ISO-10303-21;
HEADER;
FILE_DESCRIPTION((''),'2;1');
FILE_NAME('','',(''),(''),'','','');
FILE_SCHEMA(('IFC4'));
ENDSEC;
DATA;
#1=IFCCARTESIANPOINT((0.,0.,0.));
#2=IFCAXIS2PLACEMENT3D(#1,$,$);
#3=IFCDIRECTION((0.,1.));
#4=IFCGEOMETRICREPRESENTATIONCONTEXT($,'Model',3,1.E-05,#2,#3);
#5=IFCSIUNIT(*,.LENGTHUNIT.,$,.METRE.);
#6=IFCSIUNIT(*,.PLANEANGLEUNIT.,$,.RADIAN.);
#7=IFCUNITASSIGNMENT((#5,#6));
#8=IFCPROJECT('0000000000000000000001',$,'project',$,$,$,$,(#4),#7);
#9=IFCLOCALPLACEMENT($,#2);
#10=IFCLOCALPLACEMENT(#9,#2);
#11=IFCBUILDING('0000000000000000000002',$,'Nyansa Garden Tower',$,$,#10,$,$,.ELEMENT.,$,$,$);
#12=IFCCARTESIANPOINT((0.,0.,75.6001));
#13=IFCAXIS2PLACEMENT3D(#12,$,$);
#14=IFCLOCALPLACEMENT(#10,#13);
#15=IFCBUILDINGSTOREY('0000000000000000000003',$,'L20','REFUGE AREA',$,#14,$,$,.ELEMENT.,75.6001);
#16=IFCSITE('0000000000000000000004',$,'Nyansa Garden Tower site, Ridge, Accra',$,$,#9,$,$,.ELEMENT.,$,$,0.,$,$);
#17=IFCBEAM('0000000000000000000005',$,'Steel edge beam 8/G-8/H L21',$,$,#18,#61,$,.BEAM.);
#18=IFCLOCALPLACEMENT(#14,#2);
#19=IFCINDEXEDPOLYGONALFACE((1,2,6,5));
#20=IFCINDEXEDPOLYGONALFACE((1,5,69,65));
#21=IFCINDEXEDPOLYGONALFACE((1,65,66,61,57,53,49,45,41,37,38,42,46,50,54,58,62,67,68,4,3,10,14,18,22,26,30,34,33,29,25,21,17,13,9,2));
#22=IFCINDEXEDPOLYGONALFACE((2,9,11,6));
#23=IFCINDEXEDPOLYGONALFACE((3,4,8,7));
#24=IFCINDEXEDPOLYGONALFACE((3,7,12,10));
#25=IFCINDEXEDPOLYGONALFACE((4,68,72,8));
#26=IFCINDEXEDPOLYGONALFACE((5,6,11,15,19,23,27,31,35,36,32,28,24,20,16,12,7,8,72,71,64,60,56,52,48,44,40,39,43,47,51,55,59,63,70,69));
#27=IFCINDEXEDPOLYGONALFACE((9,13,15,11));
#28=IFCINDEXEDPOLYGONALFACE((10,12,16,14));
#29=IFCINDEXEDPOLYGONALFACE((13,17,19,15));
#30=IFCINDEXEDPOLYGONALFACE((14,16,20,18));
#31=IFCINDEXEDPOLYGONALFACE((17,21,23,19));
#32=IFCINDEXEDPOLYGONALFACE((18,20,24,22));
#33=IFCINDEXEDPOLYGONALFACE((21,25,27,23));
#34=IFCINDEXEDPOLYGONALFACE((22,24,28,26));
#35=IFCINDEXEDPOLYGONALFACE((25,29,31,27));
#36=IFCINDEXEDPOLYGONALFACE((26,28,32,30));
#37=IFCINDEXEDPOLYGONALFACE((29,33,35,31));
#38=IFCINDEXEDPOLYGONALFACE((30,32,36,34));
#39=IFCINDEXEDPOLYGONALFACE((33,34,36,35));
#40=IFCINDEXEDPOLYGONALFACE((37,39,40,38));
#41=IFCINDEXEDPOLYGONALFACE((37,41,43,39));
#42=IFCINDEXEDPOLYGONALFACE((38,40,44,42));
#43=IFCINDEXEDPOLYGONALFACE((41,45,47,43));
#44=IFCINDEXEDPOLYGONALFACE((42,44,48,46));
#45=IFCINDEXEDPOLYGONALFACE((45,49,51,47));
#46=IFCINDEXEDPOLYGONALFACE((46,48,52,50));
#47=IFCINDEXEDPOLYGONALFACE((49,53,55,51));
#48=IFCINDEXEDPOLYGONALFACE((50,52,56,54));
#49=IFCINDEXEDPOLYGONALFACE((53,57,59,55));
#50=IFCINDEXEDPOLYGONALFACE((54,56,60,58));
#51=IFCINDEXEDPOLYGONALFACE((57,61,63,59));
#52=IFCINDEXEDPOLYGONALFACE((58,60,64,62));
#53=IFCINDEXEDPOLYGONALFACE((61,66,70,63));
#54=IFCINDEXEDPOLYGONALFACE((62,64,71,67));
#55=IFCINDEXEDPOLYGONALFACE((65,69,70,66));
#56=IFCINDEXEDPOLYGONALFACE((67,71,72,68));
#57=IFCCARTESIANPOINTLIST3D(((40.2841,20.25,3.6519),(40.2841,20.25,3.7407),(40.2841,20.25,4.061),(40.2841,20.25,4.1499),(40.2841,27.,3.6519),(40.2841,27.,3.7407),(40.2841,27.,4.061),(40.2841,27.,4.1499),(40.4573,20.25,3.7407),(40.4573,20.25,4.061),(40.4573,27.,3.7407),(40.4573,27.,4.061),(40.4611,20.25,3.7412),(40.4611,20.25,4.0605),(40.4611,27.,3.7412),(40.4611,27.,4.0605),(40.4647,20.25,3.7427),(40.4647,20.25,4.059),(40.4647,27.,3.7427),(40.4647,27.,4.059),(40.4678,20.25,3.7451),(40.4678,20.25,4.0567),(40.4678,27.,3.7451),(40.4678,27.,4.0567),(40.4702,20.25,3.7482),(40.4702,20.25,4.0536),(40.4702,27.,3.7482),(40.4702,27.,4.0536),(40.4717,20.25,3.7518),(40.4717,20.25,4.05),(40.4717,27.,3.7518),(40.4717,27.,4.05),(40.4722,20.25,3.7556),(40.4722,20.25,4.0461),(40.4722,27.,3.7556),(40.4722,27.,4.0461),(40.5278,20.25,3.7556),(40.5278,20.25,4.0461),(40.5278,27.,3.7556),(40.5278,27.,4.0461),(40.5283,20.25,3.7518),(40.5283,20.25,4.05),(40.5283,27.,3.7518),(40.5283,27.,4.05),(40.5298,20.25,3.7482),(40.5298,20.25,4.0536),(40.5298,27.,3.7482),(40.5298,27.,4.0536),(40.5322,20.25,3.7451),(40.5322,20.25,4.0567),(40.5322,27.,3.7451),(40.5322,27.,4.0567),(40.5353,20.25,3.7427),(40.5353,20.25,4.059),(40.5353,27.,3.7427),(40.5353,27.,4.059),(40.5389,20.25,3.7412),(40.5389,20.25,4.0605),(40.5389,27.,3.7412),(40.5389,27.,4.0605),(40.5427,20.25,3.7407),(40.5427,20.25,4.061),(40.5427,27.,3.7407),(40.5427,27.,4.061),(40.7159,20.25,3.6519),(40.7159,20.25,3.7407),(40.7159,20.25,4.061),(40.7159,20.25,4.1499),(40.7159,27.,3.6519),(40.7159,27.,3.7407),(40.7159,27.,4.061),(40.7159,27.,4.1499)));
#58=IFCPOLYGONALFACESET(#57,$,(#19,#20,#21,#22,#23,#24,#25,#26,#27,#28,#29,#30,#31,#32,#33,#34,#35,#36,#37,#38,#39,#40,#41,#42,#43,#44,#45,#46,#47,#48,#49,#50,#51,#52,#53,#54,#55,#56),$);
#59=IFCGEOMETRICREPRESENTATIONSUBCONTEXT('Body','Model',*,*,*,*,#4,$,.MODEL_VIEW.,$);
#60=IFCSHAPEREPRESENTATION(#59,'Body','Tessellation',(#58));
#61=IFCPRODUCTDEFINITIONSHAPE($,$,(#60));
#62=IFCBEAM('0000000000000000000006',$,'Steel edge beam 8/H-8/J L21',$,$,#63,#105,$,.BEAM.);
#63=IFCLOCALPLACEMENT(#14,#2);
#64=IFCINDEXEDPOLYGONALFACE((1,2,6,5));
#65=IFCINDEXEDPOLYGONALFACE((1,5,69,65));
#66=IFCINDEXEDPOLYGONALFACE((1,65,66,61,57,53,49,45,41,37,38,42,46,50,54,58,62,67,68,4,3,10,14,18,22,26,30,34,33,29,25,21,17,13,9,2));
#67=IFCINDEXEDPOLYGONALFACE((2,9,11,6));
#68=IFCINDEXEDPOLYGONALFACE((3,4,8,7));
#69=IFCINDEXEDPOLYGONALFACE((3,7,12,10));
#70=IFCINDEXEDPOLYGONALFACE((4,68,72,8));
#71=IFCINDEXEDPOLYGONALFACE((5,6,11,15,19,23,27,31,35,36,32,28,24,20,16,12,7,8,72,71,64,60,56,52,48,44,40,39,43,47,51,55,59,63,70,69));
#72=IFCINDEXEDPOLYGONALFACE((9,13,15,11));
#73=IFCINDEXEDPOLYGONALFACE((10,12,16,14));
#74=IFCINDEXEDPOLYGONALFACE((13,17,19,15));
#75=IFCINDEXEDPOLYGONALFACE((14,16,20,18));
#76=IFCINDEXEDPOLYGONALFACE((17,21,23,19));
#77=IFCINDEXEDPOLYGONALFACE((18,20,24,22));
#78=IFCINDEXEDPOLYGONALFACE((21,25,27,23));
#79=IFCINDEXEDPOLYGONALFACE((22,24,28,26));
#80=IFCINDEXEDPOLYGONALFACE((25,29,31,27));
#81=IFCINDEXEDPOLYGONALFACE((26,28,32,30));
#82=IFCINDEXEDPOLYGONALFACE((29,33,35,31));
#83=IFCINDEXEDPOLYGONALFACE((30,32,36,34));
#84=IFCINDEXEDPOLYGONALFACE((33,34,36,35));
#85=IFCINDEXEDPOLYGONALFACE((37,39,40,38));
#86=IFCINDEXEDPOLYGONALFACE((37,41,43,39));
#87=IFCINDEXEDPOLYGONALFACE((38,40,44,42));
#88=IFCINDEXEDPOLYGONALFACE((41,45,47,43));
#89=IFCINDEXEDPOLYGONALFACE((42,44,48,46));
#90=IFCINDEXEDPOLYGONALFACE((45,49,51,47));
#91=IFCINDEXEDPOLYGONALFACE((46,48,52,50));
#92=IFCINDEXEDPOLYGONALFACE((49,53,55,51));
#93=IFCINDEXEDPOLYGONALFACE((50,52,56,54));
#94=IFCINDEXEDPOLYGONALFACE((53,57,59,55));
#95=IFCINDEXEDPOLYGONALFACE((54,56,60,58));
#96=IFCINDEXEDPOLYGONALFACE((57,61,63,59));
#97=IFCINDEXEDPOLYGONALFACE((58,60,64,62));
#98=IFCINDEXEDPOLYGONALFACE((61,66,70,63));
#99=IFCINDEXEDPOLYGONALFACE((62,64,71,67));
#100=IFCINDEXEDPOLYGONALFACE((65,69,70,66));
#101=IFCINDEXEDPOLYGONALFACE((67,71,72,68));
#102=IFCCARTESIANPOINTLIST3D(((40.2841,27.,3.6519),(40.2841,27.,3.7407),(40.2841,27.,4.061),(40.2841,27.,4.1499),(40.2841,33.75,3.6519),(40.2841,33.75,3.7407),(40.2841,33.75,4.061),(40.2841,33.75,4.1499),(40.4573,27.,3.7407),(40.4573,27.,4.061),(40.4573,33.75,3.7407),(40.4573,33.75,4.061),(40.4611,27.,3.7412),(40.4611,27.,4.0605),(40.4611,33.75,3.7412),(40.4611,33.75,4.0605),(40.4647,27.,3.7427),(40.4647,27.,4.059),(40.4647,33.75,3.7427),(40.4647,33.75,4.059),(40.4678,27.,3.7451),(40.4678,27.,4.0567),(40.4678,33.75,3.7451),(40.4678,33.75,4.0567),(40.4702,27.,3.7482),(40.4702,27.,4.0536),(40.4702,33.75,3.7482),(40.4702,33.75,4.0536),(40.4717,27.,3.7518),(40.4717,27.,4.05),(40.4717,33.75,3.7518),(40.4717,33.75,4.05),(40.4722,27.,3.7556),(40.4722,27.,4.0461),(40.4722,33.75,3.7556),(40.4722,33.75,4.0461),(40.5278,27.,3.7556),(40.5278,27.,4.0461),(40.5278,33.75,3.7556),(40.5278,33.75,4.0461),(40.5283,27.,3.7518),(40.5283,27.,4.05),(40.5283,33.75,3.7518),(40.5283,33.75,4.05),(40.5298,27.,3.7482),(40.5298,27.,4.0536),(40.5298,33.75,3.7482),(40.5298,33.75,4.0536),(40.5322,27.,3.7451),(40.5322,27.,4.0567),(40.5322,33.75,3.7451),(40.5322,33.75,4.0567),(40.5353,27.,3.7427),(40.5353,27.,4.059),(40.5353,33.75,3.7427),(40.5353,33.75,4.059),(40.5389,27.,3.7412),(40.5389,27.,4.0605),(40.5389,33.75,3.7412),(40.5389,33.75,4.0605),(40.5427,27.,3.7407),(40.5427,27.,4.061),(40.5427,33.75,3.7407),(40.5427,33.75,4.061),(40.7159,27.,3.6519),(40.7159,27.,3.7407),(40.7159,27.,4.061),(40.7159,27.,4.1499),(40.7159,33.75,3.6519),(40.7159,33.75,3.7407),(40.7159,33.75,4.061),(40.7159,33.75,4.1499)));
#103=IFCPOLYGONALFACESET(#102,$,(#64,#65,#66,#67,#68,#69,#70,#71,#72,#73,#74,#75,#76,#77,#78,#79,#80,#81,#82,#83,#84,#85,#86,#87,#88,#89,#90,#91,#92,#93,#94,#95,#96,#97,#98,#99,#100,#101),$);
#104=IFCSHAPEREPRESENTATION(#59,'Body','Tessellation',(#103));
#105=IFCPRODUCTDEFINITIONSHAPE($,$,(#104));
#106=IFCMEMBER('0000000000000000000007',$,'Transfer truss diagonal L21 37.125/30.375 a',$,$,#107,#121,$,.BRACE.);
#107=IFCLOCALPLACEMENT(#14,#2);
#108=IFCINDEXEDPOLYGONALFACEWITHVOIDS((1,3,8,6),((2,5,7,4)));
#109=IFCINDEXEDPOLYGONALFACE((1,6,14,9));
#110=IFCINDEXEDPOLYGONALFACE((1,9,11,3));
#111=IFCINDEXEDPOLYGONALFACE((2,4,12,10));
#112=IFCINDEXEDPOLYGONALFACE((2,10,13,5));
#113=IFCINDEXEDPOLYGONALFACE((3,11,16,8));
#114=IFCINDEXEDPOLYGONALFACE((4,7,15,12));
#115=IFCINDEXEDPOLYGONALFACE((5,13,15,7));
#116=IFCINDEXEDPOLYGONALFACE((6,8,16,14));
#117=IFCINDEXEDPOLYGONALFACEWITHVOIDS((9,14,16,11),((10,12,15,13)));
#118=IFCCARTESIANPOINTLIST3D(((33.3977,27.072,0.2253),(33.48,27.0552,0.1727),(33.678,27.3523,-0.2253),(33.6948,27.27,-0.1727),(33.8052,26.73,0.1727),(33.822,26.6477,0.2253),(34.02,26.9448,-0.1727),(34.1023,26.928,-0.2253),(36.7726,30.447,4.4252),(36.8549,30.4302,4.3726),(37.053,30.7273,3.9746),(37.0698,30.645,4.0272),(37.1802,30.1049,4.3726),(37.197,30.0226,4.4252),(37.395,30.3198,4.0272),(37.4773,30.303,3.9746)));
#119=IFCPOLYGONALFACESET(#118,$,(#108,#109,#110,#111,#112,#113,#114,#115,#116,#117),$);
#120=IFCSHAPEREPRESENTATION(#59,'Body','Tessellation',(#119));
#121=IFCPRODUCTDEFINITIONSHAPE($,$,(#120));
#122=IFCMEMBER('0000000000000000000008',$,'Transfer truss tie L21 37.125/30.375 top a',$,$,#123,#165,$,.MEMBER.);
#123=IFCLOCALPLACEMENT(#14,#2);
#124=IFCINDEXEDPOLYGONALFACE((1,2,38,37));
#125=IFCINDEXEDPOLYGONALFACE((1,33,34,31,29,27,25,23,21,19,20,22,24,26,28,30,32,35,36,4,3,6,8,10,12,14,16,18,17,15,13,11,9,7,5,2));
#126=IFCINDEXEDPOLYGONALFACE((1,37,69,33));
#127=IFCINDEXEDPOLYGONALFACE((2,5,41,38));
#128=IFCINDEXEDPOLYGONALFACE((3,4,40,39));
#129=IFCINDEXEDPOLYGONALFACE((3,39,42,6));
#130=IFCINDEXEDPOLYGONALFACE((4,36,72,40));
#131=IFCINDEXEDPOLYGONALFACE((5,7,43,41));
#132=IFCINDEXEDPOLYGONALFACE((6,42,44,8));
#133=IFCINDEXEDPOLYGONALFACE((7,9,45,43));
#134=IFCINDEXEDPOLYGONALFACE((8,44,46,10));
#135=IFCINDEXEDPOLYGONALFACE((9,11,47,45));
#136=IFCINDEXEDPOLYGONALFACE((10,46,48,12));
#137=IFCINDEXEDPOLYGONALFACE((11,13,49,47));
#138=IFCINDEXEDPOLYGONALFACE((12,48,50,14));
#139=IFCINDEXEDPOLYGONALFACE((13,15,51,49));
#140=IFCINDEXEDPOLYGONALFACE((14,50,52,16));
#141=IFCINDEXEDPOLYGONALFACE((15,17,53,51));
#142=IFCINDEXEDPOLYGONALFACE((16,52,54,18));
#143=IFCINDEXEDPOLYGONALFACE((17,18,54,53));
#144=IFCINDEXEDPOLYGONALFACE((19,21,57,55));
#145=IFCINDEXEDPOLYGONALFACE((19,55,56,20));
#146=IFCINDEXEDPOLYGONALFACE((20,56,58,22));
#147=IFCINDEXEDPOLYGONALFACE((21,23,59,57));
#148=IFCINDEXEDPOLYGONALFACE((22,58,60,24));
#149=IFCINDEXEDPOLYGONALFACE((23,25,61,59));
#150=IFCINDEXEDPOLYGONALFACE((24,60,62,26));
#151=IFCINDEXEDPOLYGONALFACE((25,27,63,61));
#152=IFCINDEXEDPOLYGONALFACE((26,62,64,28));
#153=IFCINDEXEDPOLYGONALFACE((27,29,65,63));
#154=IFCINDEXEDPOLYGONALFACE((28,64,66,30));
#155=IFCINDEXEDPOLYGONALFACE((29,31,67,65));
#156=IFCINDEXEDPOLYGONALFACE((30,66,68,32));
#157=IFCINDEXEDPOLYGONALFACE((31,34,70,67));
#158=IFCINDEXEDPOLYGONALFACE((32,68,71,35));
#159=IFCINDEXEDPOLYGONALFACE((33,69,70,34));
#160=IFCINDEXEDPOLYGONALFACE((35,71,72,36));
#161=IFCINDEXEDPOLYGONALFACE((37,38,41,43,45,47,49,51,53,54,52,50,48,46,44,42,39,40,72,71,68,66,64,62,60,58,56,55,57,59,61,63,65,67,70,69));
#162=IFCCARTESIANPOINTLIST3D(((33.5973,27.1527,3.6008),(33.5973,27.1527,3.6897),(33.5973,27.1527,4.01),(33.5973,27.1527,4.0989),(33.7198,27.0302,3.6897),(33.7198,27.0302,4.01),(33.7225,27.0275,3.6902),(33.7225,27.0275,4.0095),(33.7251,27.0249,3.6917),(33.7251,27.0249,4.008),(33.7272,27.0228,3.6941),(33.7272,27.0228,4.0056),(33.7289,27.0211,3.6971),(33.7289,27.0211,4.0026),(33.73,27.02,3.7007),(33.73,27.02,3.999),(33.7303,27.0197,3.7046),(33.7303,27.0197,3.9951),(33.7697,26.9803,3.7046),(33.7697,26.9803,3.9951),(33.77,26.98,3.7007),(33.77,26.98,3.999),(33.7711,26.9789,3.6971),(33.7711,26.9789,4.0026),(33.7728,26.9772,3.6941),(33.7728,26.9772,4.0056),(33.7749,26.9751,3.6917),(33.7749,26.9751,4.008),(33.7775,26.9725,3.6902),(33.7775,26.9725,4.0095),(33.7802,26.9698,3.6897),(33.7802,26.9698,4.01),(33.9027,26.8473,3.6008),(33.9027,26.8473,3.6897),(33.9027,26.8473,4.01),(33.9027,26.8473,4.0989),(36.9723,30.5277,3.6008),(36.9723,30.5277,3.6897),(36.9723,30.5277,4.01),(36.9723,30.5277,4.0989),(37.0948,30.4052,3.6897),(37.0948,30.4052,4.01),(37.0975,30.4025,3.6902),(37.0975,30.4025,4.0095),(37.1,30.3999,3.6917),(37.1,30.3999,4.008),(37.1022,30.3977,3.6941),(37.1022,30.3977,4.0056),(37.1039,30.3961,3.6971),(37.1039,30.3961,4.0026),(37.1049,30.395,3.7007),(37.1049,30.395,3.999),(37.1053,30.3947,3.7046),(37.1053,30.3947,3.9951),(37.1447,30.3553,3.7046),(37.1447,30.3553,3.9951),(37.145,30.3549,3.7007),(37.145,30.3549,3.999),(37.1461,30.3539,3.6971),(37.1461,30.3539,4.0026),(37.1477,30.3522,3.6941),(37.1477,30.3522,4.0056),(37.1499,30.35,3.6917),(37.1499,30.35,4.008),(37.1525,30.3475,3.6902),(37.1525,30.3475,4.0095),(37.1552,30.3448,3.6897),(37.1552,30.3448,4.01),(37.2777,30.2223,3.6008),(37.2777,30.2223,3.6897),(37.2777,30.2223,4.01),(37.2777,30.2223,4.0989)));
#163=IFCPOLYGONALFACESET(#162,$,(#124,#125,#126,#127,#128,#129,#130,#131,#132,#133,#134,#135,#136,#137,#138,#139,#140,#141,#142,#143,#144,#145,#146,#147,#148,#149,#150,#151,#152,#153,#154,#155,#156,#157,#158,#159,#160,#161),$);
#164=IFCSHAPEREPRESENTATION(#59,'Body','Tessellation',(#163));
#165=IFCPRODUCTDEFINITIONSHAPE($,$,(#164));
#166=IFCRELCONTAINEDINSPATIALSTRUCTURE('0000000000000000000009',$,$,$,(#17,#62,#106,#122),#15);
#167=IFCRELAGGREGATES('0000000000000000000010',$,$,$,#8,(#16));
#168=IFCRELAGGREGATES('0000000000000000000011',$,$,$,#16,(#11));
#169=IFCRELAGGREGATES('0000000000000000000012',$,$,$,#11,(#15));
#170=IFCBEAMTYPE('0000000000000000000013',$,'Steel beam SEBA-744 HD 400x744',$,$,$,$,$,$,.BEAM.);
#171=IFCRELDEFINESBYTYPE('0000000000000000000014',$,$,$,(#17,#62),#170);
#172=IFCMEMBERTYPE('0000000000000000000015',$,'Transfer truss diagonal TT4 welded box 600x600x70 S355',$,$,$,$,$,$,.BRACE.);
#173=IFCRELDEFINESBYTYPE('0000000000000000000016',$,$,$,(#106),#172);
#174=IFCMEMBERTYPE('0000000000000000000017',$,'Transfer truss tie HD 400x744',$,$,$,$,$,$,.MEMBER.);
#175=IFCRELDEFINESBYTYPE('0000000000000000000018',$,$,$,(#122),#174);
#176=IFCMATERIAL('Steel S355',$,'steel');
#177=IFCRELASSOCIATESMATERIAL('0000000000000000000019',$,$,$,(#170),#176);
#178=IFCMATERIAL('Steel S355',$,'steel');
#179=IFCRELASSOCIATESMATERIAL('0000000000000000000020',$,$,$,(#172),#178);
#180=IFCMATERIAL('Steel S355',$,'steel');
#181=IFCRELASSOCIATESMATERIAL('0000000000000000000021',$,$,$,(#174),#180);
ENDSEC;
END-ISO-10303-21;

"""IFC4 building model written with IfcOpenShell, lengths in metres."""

from ifc_helpers import new_model, si_unit, direction, frame, origin, origin_2d, place, context, subcontext, project, spatial, hollow_rectangle, i_section, extrude, material, material_profile, profile_set, type_object, element, save


model = new_model("IFC4")

# Units and contexts
model_context = context("Model", 3, precision=1e-05, world=origin(), true_north=direction((0.0, 1.0)))
body_context = subcontext(model_context, "Body", "Model", "MODEL_VIEW")
ifc_project = project(units=[si_unit("LENGTHUNIT", "METRE"), si_unit("PLANEANGLEUNIT", "RADIAN")], contexts=[model_context])

# Site, building, storey
site_placement = place(None, origin())
site = spatial("IfcSite", under=ifc_project, at=site_placement, Name="Nyansa Garden Tower site, Ridge, Accra", CompositionType="ELEMENT", RefElevation=0.0)
building_placement = place(site_placement, origin())
building = spatial("IfcBuilding", under=site, at=building_placement, Name="Nyansa Garden Tower", CompositionType="ELEMENT")
storey_placement = place(building_placement, frame((0.0, 0.0, 75.6001)))
storey = spatial("IfcBuildingStorey", under=building, at=storey_placement, Name="L20", Description="REFUGE AREA", CompositionType="ELEMENT", Elevation=75.6001)

# Beams
ifc_material_1 = material(Name="Steel S355", Category="steel")
ifc_material_profile_1 = material_profile(ifc_material_1, i_section(OverallWidth=0.4319, OverallDepth=0.498, WebThickness=0.0557, FlangeThickness=0.0889, FilletRadius=0.0149, at=origin_2d()), Name="HD 400x744")
ifc_profile_set_1 = profile_set([ifc_material_profile_1], Name="Steel S355")
beam_type_1 = type_object("IfcBeamType", Name="Steel beam SEBA-744 HD 400x744", PredefinedType="BEAM", material=ifc_profile_set_1)
for number, where, z_axis, x_axis, name in (
    (1, (40.5, 20.25, 3.9009), (0.0, 1.0, 0.0), (-1.0, 0.0, 0.0), "Steel edge beam 8/G-8/H L21"),
    (2, (40.5, 27.0, 3.9009), (0.0, 1.0, 0.0), (-1.0, 0.0, 0.0), "Steel edge beam 8/H-8/J L21"),
):
    element("IfcBeam", number, at=place(storey_placement, frame(where, z_axis=z_axis, x_axis=x_axis)), inside=storey, type_object=beam_type_1, Name=name, PredefinedType="BEAM", context=body_context, shape_type="SweptSolid", body=[
        extrude(i_section(OverallWidth=0.4319, OverallDepth=0.498, WebThickness=0.0557, FlangeThickness=0.0889, FilletRadius=0.0149, at=origin_2d()), origin(), (0.0, 0.0, 1.0), 6.75),
    ])

# Members
ifc_material_2 = material(Name="Steel S355", Category="steel")
ifc_material_profile_2 = material_profile(ifc_material_2, hollow_rectangle(XDim=0.6001, YDim=0.6001, WallThickness=0.0701, at=origin_2d()), Name="Welded box 600x600x70")
ifc_profile_set_2 = profile_set([ifc_material_profile_2], Name="Steel S355")
member_type_1 = type_object("IfcMemberType", Name="Transfer truss diagonal TT4 welded box 600x600x70 S355", PredefinedType="BRACE", material=ifc_profile_set_2)
member_1_placement = place(storey_placement, frame((33.75, 27.0, 0.0), z_axis=(0.530849, 0.530849, 0.660605), x_axis=(-0.707107, 0.707107, 0.0)))
element("IfcMember", 3, at=member_1_placement, inside=storey, type_object=member_type_1, Name="Transfer truss diagonal L21 37.125/30.375 a", PredefinedType="BRACE", context=body_context, shape_type="SweptSolid", body=[
    extrude(hollow_rectangle(XDim=0.6001, YDim=0.6001, WallThickness=0.0701, at=origin_2d()), origin(), (0.0, 0.0, 1.0), 6.3577),
])
ifc_material_3 = material(Name="Steel S355", Category="steel")
ifc_material_profile_3 = material_profile(ifc_material_3, i_section(OverallWidth=0.4319, OverallDepth=0.498, WebThickness=0.0557, FlangeThickness=0.0889, FilletRadius=0.0149, at=origin_2d()), Name="HD 400x744")
ifc_profile_set_3 = profile_set([ifc_material_profile_3], Name="Steel S355")
member_type_2 = type_object("IfcMemberType", Name="Transfer truss tie HD 400x744", PredefinedType="MEMBER", material=ifc_profile_set_3)
member_2_placement = place(storey_placement, frame((33.75, 27.0, 3.8499), z_axis=(0.707107, 0.707107, 0.0), x_axis=(-0.707107, 0.707107, 0.0)))
element("IfcMember", 4, at=member_2_placement, inside=storey, type_object=member_type_2, Name="Transfer truss tie L21 37.125/30.375 top a", PredefinedType="MEMBER", context=body_context, shape_type="SweptSolid", body=[
    extrude(i_section(OverallWidth=0.4319, OverallDepth=0.498, WebThickness=0.0557, FlangeThickness=0.0889, FilletRadius=0.0149, at=origin_2d()), origin(), (0.0, 0.0, 1.0), 4.7729),
])

save(model, "model.ifc")
